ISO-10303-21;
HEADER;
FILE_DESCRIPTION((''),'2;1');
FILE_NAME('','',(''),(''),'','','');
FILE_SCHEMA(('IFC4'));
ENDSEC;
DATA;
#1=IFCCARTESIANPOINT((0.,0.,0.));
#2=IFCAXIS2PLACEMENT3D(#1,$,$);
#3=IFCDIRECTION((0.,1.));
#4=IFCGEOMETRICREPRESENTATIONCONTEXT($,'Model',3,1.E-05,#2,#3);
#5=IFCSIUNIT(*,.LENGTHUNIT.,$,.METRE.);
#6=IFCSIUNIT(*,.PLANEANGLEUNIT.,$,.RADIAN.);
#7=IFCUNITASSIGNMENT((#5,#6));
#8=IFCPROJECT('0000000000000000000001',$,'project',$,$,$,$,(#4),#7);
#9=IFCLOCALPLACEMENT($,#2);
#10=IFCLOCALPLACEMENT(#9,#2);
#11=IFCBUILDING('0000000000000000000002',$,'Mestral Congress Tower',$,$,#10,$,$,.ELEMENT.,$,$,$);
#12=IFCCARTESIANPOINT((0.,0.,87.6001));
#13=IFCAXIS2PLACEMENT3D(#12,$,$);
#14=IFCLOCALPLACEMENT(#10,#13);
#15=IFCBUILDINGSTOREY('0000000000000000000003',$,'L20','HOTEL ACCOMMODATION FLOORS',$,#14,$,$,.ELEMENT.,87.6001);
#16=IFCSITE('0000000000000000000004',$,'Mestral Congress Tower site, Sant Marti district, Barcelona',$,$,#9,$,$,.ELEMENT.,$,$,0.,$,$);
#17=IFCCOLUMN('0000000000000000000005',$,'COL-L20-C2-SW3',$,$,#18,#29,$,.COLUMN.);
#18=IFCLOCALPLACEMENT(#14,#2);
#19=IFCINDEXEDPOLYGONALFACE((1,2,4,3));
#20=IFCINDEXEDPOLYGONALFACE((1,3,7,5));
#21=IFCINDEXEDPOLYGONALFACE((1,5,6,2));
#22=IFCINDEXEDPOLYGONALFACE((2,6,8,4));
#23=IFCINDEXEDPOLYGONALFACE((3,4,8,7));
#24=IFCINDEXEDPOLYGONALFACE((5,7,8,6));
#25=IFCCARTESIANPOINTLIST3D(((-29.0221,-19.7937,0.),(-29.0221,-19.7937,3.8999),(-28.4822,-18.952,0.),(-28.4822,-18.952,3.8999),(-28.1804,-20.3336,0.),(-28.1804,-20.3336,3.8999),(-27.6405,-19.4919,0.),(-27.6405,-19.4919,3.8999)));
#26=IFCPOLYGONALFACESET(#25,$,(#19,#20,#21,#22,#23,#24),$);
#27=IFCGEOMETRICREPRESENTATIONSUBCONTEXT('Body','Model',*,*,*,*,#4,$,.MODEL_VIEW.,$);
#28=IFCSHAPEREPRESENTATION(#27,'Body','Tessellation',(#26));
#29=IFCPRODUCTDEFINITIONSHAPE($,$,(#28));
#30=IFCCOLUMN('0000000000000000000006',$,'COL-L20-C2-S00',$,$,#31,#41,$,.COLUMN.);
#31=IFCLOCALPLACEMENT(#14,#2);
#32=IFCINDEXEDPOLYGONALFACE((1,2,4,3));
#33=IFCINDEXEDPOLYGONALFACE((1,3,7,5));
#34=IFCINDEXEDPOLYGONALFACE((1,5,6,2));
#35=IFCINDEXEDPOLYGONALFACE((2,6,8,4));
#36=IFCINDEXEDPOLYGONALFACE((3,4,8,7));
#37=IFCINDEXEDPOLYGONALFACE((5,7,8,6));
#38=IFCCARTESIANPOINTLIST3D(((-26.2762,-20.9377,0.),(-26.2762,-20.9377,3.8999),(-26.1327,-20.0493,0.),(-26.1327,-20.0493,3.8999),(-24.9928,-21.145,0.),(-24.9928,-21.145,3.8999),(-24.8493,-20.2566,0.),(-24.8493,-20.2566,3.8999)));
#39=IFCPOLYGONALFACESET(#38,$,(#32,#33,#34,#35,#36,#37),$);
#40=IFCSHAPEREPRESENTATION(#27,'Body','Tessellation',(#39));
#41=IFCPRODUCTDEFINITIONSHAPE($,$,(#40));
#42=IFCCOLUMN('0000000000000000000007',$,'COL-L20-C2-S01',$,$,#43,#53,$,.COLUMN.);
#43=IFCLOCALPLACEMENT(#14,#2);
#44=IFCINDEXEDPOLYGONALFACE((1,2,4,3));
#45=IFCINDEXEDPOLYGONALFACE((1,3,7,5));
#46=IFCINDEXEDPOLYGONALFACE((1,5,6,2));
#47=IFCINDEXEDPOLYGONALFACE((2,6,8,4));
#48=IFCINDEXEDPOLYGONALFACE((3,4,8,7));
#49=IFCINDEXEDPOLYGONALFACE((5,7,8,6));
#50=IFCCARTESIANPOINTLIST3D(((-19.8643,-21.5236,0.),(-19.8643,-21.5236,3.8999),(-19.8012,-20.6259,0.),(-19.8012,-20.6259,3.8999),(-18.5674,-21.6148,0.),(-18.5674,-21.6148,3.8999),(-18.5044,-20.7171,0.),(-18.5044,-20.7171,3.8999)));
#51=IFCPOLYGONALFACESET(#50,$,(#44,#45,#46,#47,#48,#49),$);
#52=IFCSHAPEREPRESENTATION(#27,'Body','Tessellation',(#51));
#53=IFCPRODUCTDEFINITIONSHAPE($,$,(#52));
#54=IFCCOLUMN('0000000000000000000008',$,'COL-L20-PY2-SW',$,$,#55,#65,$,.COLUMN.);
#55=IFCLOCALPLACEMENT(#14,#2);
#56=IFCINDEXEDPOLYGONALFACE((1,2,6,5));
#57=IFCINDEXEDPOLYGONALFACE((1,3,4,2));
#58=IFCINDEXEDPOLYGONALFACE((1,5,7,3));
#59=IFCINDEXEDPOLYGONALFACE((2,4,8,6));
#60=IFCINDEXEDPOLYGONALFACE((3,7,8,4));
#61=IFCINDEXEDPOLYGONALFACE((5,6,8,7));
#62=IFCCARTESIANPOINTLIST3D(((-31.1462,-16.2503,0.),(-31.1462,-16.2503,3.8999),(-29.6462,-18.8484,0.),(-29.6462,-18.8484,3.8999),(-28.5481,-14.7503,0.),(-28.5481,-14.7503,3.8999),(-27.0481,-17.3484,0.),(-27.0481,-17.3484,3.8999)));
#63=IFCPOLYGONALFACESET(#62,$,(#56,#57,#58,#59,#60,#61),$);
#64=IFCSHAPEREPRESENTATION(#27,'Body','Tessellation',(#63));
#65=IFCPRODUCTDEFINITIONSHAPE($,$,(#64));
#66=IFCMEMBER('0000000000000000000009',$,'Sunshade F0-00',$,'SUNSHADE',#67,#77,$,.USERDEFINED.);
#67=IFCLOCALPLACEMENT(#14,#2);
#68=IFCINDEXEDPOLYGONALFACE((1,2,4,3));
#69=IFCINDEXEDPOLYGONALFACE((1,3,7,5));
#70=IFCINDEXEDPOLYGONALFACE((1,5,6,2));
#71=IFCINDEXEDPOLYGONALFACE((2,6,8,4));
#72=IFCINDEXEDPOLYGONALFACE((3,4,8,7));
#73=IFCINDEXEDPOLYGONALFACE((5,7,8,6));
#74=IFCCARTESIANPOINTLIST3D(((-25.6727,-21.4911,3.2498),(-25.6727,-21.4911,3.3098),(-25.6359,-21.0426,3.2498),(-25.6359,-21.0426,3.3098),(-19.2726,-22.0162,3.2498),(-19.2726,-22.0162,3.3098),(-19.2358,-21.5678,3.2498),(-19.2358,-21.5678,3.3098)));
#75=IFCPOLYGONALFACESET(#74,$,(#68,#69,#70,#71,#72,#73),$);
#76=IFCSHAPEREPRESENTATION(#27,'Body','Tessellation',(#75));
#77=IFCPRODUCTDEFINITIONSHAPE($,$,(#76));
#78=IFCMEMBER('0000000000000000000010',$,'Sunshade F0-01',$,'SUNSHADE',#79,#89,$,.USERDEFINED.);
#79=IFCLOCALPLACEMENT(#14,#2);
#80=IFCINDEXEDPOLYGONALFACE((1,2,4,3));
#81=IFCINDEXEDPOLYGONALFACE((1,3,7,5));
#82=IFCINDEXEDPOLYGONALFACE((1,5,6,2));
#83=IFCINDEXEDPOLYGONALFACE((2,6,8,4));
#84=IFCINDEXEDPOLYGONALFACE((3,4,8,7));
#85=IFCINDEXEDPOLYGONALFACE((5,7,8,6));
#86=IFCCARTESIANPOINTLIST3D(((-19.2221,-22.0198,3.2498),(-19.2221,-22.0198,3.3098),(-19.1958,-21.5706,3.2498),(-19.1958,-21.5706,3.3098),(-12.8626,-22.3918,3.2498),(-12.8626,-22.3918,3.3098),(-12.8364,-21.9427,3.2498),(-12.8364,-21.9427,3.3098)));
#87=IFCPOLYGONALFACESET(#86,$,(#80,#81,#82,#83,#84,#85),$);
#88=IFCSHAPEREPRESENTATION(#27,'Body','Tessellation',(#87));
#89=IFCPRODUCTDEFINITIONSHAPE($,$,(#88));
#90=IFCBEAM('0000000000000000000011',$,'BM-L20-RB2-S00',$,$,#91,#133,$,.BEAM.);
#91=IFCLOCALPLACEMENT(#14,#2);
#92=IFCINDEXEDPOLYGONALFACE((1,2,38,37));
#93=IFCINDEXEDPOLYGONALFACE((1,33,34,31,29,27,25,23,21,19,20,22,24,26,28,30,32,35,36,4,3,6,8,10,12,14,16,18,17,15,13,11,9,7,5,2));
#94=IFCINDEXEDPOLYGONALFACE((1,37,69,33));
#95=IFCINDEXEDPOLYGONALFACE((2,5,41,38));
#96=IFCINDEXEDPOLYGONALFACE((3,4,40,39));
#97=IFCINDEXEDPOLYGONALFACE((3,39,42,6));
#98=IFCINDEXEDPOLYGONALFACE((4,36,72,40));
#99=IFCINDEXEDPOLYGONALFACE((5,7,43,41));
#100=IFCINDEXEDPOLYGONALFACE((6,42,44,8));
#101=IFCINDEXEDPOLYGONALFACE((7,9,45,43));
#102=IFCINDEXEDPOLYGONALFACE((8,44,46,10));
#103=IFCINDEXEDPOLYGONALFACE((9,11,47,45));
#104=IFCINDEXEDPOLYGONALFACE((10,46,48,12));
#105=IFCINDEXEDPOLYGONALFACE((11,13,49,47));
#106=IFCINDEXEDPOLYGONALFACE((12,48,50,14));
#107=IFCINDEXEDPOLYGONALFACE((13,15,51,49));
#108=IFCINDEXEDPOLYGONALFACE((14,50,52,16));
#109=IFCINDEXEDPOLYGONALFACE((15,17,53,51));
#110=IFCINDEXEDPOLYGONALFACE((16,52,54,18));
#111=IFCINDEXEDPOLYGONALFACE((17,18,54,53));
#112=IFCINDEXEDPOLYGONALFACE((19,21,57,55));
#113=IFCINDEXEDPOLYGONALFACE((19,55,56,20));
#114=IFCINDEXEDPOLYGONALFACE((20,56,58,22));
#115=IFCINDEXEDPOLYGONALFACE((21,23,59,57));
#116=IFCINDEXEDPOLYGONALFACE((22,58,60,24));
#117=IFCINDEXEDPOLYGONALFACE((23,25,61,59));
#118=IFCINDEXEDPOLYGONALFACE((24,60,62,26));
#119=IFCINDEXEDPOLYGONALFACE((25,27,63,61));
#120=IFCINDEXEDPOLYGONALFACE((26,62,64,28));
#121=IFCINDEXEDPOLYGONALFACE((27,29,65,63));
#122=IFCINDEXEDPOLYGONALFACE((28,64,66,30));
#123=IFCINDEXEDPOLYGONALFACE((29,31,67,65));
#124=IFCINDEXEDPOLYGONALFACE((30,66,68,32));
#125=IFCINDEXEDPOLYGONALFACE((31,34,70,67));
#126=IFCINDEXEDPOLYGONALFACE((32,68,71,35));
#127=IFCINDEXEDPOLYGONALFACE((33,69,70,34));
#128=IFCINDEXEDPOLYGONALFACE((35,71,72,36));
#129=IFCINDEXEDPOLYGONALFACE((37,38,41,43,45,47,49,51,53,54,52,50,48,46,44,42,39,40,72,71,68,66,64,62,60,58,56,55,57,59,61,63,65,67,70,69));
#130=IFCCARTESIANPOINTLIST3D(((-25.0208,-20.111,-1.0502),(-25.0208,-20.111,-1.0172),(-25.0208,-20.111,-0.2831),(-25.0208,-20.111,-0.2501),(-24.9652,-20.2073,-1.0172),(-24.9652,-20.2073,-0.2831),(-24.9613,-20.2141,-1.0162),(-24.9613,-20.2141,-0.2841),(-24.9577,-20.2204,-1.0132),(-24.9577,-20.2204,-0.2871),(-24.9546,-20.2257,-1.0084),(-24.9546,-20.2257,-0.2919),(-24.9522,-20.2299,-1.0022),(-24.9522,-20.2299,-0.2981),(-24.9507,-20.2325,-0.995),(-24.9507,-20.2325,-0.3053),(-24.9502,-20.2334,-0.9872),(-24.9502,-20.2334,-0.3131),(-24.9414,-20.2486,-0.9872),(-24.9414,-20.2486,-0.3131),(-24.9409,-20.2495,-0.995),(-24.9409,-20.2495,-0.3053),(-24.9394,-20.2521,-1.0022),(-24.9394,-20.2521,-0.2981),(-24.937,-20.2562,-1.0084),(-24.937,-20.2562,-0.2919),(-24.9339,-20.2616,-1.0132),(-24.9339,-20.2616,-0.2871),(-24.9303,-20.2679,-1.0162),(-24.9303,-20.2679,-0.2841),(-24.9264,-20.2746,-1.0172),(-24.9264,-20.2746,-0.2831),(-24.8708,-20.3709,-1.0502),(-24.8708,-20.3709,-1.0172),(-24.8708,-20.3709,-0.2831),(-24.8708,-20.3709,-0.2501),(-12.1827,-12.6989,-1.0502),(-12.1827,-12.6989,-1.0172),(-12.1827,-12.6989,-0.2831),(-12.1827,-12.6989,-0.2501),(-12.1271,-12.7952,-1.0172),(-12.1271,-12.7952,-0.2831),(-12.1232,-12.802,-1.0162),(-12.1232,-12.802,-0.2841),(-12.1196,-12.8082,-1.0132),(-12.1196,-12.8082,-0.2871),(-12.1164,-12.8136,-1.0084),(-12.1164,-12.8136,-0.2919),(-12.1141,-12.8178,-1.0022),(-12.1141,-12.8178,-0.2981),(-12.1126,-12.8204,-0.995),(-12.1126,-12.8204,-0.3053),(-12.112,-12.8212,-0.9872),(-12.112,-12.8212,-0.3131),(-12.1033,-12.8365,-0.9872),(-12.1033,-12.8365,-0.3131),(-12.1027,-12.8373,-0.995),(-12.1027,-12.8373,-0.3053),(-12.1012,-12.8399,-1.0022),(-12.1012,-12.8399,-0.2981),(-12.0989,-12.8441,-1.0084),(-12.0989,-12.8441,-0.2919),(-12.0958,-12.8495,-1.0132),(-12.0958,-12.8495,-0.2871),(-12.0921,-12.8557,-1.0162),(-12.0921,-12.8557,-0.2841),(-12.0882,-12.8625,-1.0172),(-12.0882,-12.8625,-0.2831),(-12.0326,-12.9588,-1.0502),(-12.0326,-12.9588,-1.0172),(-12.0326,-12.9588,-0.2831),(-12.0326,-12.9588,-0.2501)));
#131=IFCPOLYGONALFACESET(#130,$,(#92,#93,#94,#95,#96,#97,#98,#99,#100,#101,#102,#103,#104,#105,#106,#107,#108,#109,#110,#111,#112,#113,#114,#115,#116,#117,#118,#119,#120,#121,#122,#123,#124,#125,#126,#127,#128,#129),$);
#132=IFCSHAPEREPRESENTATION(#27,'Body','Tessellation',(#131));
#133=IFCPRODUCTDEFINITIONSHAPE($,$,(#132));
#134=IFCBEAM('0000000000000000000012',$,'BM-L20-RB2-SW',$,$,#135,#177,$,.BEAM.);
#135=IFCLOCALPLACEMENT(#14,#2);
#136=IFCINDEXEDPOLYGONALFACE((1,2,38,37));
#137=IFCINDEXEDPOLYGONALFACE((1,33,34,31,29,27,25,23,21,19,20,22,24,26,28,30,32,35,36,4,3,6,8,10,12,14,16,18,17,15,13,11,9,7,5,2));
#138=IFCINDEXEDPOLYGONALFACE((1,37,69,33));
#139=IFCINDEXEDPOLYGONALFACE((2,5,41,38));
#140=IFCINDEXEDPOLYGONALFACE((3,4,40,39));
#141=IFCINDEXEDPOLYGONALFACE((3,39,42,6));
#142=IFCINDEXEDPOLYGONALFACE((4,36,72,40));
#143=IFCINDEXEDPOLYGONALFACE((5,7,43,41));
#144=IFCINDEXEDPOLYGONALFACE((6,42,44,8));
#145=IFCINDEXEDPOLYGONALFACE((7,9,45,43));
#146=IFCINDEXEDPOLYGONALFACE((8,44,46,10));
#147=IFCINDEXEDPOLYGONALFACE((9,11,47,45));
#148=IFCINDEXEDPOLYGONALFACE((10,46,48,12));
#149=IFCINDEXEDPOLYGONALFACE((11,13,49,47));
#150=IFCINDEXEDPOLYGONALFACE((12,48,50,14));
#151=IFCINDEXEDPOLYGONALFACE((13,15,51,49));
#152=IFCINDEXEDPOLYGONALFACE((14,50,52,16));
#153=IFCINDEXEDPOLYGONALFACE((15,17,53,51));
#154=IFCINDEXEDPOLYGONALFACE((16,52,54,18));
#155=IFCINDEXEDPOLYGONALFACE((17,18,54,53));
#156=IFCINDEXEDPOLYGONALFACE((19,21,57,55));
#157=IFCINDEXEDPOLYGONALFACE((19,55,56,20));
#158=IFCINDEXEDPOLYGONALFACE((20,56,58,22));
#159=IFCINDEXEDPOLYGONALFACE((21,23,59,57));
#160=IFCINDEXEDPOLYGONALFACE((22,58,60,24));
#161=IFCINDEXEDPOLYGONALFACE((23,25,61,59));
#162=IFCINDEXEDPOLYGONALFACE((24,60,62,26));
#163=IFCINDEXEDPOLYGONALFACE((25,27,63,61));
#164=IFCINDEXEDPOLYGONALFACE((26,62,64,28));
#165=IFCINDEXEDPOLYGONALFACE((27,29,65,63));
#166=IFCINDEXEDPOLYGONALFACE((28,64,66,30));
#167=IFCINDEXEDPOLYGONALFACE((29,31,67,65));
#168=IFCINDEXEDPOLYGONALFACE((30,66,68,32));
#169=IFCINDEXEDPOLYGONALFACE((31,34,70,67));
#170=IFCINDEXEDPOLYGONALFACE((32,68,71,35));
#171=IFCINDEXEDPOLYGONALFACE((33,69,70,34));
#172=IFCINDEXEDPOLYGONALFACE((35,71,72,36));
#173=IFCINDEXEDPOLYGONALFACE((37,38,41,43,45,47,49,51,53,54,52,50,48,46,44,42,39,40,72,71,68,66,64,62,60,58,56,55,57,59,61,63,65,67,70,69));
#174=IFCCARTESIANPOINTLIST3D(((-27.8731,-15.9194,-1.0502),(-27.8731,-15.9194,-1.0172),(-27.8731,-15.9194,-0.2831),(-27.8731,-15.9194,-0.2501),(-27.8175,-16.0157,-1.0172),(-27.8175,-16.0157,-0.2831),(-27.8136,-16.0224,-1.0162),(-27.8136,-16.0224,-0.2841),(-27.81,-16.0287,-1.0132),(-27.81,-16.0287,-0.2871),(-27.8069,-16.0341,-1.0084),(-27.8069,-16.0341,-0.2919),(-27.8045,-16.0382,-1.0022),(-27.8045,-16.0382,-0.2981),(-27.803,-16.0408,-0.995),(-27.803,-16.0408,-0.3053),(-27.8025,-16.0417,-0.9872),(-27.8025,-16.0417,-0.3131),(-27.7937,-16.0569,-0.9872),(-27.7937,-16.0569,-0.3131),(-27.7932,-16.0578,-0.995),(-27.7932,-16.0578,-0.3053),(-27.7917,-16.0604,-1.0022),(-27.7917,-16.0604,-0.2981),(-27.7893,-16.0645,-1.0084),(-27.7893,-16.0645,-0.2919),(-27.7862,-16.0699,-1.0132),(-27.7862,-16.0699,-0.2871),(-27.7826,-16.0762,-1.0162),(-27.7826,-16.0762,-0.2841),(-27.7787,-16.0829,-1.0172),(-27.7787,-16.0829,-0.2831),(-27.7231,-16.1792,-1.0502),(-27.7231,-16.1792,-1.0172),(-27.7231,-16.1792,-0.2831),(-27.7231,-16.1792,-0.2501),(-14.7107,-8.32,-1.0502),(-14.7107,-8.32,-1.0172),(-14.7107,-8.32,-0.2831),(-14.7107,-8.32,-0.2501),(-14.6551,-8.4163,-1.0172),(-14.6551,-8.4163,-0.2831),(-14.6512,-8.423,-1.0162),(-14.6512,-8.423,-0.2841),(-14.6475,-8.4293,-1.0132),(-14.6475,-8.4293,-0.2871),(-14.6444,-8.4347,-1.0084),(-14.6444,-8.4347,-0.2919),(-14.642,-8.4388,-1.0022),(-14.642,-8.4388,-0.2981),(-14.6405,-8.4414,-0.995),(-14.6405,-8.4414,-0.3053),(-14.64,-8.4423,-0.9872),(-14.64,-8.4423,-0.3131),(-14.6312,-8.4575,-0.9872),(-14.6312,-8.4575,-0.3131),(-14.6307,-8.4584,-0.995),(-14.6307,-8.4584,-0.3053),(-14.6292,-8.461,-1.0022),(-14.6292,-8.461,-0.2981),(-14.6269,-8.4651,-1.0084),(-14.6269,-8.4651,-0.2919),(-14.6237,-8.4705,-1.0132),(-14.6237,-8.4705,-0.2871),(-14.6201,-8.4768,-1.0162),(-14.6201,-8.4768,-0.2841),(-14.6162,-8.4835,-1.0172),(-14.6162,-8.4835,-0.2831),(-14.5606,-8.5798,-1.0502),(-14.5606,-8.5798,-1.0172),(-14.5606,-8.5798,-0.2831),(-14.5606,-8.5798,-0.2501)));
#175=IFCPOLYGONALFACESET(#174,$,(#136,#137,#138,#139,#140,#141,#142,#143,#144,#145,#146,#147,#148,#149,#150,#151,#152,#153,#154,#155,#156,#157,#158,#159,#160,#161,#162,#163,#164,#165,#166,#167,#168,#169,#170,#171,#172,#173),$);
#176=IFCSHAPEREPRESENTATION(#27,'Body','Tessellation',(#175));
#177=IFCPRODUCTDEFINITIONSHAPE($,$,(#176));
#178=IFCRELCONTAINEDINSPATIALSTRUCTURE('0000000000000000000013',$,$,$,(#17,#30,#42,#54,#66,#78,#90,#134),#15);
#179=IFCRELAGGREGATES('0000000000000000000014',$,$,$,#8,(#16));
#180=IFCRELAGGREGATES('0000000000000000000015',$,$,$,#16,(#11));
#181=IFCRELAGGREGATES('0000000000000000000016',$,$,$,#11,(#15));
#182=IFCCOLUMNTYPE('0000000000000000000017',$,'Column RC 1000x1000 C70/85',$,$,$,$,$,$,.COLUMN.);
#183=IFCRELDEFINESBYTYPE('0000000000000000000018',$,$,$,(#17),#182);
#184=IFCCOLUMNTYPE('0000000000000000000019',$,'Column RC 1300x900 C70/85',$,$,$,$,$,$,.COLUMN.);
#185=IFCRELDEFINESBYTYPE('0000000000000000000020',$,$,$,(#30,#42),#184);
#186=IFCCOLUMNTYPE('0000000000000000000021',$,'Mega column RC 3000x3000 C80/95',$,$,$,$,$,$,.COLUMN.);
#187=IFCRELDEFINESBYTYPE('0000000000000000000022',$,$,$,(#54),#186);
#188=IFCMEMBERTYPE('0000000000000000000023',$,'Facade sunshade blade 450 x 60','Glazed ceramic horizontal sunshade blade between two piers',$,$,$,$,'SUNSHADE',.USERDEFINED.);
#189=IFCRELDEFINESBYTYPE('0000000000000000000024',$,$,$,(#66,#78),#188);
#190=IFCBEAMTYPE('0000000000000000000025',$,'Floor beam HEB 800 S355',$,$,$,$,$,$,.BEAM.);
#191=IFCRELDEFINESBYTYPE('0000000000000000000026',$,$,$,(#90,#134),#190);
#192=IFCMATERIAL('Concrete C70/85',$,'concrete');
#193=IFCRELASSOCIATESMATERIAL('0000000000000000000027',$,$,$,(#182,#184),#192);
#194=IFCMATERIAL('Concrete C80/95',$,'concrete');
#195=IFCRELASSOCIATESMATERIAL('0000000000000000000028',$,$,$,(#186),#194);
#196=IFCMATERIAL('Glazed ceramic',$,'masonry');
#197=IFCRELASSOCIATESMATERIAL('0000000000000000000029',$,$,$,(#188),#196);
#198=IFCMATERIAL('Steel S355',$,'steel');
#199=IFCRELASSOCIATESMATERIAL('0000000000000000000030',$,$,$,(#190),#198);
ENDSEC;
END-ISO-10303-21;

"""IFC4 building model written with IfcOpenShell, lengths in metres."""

from ifc_helpers import new_model, si_unit, direction, frame, origin, origin_2d, place, context, subcontext, project, spatial, rectangle, i_section, extrude, material, material_profile, profile_set, type_object, element, save


model = new_model("IFC4")

# Units and contexts
model_context = context("Model", 3, precision=1e-05, world=origin(), true_north=direction((0.0, 1.0)))
body_context = subcontext(model_context, "Body", "Model", "MODEL_VIEW")
ifc_project = project(units=[si_unit("LENGTHUNIT", "METRE"), si_unit("PLANEANGLEUNIT", "RADIAN")], contexts=[model_context])

# Site, building, storey
site_placement = place(None, origin())
site = spatial("IfcSite", under=ifc_project, at=site_placement, Name="Mestral Congress Tower site, Sant Marti district, Barcelona", CompositionType="ELEMENT", RefElevation=0.0)
building_placement = place(site_placement, origin())
building = spatial("IfcBuilding", under=site, at=building_placement, Name="Mestral Congress Tower", CompositionType="ELEMENT")
storey_placement = place(building_placement, frame((0.0, 0.0, 87.6001)))
storey = spatial("IfcBuildingStorey", under=building, at=storey_placement, Name="L20", Description="HOTEL ACCOMMODATION FLOORS", CompositionType="ELEMENT", Elevation=87.6001)

# Columns
ifc_material_1 = material(Name="Concrete C70/85", Category="concrete")
ifc_material_profile_1 = material_profile(ifc_material_1, rectangle(XDim=1.0, YDim=1.0, at=origin_2d()), Name="RC 1000x1000")
ifc_profile_set_1 = profile_set([ifc_material_profile_1], Name="Concrete C70/85")
column_type_1 = type_object("IfcColumnType", Name="Column RC 1000x1000 C70/85", PredefinedType="COLUMN", material=ifc_profile_set_1)
column_1_placement = place(storey_placement, frame((-28.3313, -19.6428, 0.0), z_axis=(0.0, 0.0, 1.0), x_axis=(0.8417, -0.539945, 0.0)))
element("IfcColumn", 1, at=column_1_placement, inside=storey, type_object=column_type_1, Name="COL-L20-C2-SW3", PredefinedType="COLUMN", context=body_context, shape_type="SweptSolid", body=[
    extrude(rectangle(XDim=1.0, YDim=1.0, at=origin_2d()), origin(), (0.0, 0.0, 1.0), 3.8999),
])
ifc_material_profile_2 = material_profile(ifc_material_1, rectangle(XDim=1.3, YDim=0.8999, at=origin_2d()), Name="RC 1300x900")
ifc_profile_set_2 = profile_set([ifc_material_profile_2], Name="Concrete C70/85")
column_type_2 = type_object("IfcColumnType", Name="Column RC 1300x900 C70/85", PredefinedType="COLUMN", material=ifc_profile_set_2)
for number, where, z_axis, x_axis, name in (
    (2, (-25.5627, -20.5972, 0.0), (0.0, 0.0, 1.0), (0.987202, -0.159473, 0.0), "COL-L20-C2-S00"),
    (3, (-19.1843, -21.1204, 0.0), (0.0, 0.0, 1.0), (0.99754, -0.070101, 0.0), "COL-L20-C2-S01"),
):
    element("IfcColumn", number, at=place(storey_placement, frame(where, z_axis=z_axis, x_axis=x_axis)), inside=storey, type_object=column_type_2, Name=name, PredefinedType="COLUMN", context=body_context, shape_type="SweptSolid", body=[
        extrude(rectangle(XDim=1.3, YDim=0.8999, at=origin_2d()), origin(), (0.0, 0.0, 1.0), 3.8999),
    ])
ifc_material_2 = material(Name="Concrete C80/95", Category="concrete")
ifc_material_profile_3 = material_profile(ifc_material_2, rectangle(XDim=3.0, YDim=3.0, at=origin_2d()), Name="RC 3000x3000")
ifc_profile_set_3 = profile_set([ifc_material_profile_3], Name="Concrete C80/95")
column_type_3 = type_object("IfcColumnType", Name="Mega column RC 3000x3000 C80/95", PredefinedType="COLUMN", material=ifc_profile_set_3)
column_2_placement = place(storey_placement, frame((-29.0972, -16.7993, 0.0), z_axis=(0.0, 0.0, 1.0), x_axis=(-0.866025, -0.5, 0.0)))
element("IfcColumn", 4, at=column_2_placement, inside=storey, type_object=column_type_3, Name="COL-L20-PY2-SW", PredefinedType="COLUMN", context=body_context, shape_type="SweptSolid", body=[
    extrude(rectangle(XDim=3.0, YDim=3.0, at=origin_2d()), origin(), (0.0, 0.0, 1.0), 3.8999),
])

# Members
ifc_material_3 = material(Name="Glazed ceramic", Category="masonry")
ifc_material_profile_4 = material_profile(ifc_material_3, rectangle(XDim=0.45, YDim=0.0601, at=origin_2d()), Name="Ceramic blade 450 x 60")
ifc_profile_set_4 = profile_set([ifc_material_profile_4], Name="Glazed ceramic")
member_type = type_object("IfcMemberType", Name="Facade sunshade blade 450 x 60", Description="Glazed ceramic horizontal sunshade blade between two piers", ElementType="SUNSHADE", PredefinedType="USERDEFINED", material=ifc_profile_set_4)
member_1_placement = place(storey_placement, frame((-25.6543, -21.2668, 3.2798), z_axis=(0.996651, -0.081777, 0.0), x_axis=(0.081777, 0.996651, 0.0)))
element("IfcMember", 5, at=member_1_placement, inside=storey, type_object=member_type, Name="Sunshade F0-00", ObjectType="SUNSHADE", PredefinedType="USERDEFINED", context=body_context, shape_type="SweptSolid", body=[
    extrude(rectangle(XDim=0.45, YDim=0.0601, at=origin_2d()), origin(), (0.0, 0.0, 1.0), 6.4216),
])
member_2_placement = place(storey_placement, frame((-19.209, -21.7952, 3.2798), z_axis=(0.998293, -0.058407, 0.0), x_axis=(0.058407, 0.998293, 0.0)))
element("IfcMember", 6, at=member_2_placement, inside=storey, type_object=member_type, Name="Sunshade F0-01", ObjectType="SUNSHADE", PredefinedType="USERDEFINED", context=body_context, shape_type="SweptSolid", body=[
    extrude(rectangle(XDim=0.45, YDim=0.0601, at=origin_2d()), origin(), (0.0, 0.0, 1.0), 6.3704),
])

# Beams
ifc_material_4 = material(Name="Steel S355", Category="steel")
ifc_material_profile_5 = material_profile(ifc_material_4, i_section(OverallWidth=0.3, OverallDepth=0.8, WebThickness=0.0176, FlangeThickness=0.033, FilletRadius=0.03, at=origin_2d()), Name="HEB 800")
ifc_profile_set_5 = profile_set([ifc_material_profile_5], Name="Steel S355")
beam_type_1 = type_object("IfcBeamType", Name="Floor beam HEB 800 S355", PredefinedType="BEAM", material=ifc_profile_set_5)
beam_1_placement = place(storey_placement, frame((-24.9458, -20.241, -0.6501), z_axis=(0.866025, 0.5, 0.0), x_axis=(-0.5, 0.866025, 0.0)))
element("IfcBeam", 7, at=beam_1_placement, inside=storey, type_object=beam_type_1, Name="BM-L20-RB2-S00", PredefinedType="BEAM", context=body_context, shape_type="SweptSolid", body=[
    extrude(i_section(OverallWidth=0.3, OverallDepth=0.8, WebThickness=0.0176, FlangeThickness=0.033, FilletRadius=0.03, at=origin_2d()), origin(), (0.0, 0.0, 1.0), 14.8242),
])
beam_2_placement = place(storey_placement, frame((-27.7981, -16.0493, -0.6501), z_axis=(0.866023, 0.500004, 0.0), x_axis=(-0.500004, 0.866023, 0.0)))
element("IfcBeam", 8, at=beam_2_placement, inside=storey, type_object=beam_type_1, Name="BM-L20-RB2-SW", PredefinedType="BEAM", context=body_context, shape_type="SweptSolid", body=[
    extrude(i_section(OverallWidth=0.3, OverallDepth=0.8, WebThickness=0.0176, FlangeThickness=0.033, FilletRadius=0.03, at=origin_2d()), origin(), (0.0, 0.0, 1.0), 15.1987),
])

save(model, "model.ifc")
